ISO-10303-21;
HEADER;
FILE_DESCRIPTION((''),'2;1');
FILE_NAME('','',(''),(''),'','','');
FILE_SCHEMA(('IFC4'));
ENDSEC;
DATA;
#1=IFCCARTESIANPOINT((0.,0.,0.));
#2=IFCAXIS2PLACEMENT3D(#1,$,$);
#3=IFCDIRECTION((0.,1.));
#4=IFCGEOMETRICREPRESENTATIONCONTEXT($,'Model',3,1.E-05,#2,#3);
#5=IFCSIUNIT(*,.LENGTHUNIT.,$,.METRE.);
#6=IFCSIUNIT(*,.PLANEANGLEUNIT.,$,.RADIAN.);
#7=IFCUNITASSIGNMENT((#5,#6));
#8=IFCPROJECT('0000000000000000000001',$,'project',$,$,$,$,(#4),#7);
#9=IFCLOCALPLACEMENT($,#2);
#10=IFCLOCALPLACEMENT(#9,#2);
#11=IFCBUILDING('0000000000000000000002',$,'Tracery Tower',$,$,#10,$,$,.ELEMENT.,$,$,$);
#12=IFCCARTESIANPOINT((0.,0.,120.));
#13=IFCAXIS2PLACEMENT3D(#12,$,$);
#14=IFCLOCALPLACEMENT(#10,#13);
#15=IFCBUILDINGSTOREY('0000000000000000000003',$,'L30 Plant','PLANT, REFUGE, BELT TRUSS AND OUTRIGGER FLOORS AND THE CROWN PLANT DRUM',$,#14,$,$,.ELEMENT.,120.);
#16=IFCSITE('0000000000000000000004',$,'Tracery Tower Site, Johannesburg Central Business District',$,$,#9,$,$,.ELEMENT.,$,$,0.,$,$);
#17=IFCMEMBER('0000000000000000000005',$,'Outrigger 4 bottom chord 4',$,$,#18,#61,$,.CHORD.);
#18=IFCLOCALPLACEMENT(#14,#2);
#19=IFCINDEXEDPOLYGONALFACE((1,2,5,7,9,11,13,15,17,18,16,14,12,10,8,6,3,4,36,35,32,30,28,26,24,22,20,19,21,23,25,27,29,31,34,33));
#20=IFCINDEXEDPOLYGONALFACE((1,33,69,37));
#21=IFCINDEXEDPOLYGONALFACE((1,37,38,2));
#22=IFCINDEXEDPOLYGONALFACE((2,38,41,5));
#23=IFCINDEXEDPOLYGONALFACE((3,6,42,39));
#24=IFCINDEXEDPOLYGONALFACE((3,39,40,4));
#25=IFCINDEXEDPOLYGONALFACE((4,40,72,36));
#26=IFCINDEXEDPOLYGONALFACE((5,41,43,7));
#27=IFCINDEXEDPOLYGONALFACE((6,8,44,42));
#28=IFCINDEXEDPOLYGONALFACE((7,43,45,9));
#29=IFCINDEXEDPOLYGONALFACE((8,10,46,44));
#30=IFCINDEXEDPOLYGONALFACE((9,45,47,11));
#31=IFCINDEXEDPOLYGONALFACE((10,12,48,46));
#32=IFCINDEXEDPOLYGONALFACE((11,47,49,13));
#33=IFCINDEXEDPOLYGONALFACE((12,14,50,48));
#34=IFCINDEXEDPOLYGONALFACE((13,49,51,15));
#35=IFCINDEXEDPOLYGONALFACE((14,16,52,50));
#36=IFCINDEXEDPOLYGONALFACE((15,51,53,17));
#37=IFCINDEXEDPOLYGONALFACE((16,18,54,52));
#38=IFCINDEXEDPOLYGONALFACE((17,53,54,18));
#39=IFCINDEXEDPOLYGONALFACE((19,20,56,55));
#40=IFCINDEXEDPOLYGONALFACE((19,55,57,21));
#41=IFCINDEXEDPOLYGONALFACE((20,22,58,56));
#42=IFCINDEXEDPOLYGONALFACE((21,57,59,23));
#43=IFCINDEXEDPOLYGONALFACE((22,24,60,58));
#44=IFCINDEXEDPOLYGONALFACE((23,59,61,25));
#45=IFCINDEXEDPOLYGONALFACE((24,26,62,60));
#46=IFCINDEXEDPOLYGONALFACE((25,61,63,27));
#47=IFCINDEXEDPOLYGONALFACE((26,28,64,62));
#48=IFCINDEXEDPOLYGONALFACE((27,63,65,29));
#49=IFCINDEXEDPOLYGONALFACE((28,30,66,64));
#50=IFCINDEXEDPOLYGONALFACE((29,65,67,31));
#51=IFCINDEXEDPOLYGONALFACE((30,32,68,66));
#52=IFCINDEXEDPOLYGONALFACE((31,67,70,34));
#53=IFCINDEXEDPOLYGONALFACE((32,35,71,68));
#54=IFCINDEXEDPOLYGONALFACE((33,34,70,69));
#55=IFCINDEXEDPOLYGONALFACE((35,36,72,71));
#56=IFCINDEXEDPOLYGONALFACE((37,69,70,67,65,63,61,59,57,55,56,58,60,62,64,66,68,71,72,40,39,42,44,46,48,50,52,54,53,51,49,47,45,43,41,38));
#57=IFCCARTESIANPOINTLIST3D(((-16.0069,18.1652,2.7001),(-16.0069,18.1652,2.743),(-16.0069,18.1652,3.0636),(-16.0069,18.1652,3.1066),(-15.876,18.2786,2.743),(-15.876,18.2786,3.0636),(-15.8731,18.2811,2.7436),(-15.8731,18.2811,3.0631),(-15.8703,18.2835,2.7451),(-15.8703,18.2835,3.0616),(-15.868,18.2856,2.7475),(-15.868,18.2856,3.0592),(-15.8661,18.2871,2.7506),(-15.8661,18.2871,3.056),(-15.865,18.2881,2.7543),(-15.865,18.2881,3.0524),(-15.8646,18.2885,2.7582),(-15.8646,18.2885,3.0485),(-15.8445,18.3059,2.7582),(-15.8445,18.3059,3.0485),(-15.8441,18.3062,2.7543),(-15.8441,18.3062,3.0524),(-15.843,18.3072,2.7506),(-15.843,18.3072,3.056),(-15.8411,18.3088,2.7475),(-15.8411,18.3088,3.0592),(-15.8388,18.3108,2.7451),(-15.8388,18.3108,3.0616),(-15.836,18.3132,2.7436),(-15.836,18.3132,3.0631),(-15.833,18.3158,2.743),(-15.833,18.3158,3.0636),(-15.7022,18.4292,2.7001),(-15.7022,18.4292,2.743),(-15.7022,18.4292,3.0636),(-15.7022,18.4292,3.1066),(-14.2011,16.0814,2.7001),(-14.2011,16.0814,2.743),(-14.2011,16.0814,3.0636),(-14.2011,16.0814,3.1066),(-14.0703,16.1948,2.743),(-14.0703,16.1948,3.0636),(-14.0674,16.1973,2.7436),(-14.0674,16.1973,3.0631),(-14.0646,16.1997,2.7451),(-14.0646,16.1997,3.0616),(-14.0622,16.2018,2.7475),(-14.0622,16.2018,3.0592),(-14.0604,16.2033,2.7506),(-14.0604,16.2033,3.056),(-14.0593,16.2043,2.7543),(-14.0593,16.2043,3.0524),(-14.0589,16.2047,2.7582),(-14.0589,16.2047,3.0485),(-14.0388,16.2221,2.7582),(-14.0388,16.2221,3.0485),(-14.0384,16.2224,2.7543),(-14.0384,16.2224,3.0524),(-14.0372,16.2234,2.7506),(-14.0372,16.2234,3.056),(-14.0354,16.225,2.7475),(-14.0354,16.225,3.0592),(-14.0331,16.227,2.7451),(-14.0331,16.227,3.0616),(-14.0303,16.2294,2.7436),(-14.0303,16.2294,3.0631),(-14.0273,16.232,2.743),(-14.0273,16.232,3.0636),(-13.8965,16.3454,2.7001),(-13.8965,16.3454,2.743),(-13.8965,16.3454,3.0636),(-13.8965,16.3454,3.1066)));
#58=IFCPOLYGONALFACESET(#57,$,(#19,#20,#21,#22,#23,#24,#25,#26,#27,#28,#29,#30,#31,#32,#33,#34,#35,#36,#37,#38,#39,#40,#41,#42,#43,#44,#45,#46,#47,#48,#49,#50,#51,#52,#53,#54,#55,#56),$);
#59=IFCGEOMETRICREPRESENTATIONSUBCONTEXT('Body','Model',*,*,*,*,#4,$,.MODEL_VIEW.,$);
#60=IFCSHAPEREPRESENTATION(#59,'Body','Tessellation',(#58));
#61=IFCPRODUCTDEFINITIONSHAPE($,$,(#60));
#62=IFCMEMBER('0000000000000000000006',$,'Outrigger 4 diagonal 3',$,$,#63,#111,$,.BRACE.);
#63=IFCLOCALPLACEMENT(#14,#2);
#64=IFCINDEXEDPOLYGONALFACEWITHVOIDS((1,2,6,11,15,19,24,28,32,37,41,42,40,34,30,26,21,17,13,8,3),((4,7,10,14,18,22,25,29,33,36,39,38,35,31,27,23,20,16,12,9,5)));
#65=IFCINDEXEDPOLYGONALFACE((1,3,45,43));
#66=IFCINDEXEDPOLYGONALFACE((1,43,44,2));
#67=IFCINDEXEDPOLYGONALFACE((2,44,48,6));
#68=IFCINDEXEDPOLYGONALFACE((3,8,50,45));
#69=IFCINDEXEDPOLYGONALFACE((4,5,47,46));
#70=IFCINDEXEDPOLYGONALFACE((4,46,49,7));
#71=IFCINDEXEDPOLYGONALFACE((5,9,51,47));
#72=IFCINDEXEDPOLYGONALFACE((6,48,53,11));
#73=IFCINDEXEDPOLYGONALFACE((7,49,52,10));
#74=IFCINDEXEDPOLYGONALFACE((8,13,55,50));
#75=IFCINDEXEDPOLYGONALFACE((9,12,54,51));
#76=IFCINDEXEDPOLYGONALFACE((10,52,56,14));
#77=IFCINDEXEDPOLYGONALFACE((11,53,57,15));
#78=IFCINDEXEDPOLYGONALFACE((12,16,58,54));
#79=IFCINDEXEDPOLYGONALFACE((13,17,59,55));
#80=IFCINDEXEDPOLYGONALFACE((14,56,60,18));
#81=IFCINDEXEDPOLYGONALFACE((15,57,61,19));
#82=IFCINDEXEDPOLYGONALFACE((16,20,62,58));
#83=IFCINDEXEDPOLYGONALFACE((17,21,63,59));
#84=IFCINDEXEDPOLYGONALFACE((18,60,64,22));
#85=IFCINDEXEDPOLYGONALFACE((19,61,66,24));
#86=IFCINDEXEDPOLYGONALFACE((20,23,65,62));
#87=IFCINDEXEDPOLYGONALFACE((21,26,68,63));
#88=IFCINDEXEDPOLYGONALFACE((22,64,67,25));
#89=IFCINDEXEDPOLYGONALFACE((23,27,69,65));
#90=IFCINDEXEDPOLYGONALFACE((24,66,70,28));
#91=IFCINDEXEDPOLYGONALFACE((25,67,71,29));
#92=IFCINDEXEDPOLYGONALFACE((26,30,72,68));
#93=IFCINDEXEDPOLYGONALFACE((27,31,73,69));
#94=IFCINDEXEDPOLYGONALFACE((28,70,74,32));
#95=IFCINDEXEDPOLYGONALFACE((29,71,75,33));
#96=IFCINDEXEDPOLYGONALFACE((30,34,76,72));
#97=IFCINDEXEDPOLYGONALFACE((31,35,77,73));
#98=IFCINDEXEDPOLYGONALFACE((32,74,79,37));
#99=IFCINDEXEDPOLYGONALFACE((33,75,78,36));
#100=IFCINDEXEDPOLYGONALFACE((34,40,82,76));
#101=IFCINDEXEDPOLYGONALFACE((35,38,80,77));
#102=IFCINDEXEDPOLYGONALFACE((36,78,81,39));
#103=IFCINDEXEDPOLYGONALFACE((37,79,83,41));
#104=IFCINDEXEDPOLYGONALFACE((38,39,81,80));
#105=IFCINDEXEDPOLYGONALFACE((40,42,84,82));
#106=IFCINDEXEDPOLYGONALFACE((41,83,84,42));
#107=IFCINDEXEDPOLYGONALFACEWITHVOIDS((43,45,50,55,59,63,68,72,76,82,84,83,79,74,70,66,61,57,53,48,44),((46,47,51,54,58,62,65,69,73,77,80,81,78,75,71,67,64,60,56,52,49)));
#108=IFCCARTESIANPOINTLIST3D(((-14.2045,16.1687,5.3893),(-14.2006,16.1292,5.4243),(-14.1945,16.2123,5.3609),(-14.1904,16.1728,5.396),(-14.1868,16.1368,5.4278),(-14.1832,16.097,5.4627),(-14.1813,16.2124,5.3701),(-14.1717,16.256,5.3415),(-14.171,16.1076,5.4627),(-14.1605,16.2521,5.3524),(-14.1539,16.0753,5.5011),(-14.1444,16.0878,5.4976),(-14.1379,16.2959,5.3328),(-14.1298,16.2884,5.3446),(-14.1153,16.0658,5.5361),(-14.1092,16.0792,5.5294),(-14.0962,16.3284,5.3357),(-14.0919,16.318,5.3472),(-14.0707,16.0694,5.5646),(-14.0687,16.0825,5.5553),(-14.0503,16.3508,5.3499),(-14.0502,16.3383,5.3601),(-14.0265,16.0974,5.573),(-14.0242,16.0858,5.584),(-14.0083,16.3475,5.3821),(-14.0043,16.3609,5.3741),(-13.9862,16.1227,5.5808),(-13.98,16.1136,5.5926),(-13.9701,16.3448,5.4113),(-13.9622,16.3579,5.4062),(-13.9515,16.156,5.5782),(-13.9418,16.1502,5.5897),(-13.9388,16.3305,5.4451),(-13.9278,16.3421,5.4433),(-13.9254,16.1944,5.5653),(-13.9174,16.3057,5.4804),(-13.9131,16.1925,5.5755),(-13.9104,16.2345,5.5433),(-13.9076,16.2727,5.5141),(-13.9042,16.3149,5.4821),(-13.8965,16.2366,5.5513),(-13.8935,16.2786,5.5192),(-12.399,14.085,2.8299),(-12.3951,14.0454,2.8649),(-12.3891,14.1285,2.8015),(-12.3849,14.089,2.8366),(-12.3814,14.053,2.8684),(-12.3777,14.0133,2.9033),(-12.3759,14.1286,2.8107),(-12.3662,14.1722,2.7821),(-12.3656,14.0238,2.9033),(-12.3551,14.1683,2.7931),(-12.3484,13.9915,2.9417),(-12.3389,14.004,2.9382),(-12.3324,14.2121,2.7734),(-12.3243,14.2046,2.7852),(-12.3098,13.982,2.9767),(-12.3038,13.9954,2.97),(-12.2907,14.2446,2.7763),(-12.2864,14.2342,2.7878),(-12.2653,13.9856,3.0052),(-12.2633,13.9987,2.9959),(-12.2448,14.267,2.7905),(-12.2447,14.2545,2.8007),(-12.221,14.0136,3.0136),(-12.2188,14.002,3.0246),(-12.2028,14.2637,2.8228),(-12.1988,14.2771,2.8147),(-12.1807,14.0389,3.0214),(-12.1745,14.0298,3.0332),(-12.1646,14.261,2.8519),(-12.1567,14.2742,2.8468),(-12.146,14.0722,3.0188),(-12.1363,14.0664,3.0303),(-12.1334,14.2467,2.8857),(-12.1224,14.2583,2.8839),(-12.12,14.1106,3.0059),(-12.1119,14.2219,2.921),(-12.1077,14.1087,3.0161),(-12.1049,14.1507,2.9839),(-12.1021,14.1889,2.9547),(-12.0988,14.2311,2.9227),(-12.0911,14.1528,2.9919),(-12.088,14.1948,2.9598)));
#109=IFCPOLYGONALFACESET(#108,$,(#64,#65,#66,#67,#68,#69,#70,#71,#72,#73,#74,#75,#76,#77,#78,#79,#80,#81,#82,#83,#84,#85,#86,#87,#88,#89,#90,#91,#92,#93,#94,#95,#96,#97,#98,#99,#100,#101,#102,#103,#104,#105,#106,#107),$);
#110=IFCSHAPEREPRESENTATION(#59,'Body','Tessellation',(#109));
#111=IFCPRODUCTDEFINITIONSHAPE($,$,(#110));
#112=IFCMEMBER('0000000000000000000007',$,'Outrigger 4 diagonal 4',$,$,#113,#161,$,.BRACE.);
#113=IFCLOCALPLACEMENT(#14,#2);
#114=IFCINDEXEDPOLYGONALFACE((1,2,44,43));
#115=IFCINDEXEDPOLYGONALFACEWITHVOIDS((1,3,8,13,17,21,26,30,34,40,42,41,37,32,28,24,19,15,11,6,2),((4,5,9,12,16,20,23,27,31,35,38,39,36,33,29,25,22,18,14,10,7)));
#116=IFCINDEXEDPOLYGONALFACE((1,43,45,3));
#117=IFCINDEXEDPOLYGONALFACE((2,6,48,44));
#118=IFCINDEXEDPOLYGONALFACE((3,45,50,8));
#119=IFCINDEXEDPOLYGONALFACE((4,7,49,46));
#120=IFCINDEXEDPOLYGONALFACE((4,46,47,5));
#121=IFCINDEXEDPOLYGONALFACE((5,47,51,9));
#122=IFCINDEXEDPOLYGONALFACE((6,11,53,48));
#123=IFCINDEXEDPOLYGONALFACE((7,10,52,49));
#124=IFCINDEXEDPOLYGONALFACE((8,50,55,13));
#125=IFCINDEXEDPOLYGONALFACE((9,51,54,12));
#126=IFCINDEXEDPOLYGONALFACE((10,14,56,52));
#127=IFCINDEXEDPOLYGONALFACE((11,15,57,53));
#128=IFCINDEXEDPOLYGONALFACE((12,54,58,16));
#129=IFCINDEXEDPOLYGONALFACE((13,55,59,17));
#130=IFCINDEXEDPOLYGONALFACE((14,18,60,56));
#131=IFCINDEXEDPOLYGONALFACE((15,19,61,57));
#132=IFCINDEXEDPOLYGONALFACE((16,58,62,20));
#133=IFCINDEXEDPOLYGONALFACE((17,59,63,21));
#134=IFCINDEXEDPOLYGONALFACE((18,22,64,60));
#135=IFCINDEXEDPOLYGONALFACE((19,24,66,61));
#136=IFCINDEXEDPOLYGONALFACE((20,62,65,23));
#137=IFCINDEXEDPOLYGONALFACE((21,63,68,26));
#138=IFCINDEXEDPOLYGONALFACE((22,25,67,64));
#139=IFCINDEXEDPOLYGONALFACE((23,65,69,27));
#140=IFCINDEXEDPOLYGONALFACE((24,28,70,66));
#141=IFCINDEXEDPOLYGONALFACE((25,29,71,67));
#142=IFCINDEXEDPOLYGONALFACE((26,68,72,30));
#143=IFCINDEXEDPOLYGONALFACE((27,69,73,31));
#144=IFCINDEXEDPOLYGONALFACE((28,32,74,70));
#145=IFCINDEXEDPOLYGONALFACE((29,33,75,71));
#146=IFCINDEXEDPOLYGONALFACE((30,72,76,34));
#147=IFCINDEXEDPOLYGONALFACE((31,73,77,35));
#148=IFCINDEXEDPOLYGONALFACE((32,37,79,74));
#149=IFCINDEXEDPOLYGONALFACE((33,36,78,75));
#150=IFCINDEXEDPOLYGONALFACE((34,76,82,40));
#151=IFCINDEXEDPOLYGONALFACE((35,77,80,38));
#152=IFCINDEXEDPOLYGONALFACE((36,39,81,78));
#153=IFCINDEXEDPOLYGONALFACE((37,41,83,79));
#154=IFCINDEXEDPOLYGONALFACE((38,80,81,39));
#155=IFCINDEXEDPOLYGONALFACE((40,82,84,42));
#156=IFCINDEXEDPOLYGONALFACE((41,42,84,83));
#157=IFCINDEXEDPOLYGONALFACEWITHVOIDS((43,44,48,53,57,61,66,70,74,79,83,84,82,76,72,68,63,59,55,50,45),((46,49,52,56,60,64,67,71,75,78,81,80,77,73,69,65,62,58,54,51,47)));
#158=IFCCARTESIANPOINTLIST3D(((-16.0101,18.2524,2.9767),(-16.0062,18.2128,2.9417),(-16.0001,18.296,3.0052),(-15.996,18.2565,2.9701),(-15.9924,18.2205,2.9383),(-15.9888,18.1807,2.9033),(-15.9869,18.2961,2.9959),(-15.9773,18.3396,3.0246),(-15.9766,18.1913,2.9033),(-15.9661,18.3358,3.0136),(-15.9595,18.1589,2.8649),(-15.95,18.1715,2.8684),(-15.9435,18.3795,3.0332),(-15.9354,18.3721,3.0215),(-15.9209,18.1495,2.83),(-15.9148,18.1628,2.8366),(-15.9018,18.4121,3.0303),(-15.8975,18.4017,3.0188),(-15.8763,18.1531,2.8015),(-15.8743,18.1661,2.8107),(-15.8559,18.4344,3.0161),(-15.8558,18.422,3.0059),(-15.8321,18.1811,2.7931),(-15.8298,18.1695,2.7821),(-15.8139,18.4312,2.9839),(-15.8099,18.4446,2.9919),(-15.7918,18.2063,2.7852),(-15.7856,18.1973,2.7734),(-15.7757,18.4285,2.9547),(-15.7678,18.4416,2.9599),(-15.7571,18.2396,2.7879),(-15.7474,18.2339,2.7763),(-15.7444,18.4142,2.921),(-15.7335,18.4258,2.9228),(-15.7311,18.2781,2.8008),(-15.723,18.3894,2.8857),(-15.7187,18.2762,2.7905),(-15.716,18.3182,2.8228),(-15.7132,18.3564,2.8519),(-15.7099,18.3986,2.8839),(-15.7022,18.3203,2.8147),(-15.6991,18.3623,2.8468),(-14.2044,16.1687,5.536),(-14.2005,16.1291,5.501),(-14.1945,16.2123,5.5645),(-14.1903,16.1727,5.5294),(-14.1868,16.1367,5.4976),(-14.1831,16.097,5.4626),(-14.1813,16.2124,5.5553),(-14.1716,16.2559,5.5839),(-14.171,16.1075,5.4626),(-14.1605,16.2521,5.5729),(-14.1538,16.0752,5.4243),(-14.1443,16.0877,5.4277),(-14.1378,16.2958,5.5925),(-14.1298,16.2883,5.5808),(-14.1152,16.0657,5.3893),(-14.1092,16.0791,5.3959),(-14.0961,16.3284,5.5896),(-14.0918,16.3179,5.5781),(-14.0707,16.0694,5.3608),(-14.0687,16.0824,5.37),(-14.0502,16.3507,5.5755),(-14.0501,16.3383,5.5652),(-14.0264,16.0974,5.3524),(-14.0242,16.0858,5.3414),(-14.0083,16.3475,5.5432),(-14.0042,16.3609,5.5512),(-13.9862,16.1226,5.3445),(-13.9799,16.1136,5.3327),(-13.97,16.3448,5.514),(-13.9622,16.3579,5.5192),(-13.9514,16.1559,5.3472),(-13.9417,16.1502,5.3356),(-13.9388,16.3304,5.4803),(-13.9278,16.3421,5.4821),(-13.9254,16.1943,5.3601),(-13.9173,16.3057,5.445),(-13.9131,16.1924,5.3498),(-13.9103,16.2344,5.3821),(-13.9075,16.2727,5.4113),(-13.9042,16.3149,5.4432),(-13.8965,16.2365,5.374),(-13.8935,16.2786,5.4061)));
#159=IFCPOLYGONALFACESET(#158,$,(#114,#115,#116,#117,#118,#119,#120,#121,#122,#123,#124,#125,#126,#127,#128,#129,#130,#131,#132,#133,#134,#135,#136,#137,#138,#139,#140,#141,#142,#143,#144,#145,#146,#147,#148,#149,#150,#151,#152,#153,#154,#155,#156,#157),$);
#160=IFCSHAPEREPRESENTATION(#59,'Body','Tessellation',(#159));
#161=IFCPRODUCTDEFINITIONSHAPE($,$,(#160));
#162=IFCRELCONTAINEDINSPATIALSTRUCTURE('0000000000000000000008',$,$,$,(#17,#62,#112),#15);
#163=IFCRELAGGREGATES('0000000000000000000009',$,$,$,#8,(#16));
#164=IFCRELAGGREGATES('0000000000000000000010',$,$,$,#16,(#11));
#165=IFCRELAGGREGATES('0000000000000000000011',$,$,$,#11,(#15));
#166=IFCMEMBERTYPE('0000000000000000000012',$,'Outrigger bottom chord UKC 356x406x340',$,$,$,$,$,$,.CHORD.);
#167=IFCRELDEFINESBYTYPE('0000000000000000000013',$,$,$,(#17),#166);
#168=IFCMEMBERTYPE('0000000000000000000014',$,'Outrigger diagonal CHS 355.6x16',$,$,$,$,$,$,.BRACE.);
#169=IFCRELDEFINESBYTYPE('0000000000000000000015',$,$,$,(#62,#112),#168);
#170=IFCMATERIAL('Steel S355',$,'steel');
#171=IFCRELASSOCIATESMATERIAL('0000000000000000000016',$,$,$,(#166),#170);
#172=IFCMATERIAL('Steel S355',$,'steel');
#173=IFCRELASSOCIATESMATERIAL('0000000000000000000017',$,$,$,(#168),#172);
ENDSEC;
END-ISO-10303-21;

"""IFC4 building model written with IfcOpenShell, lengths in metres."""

from ifc_helpers import new_model, si_unit, direction, frame, origin, origin_2d, place, context, subcontext, project, spatial, hollow_circle, i_section, extrude, material, material_profile, profile_set, type_object, element, save


model = new_model("IFC4")

# Units and contexts
model_context = context("Model", 3, precision=1e-05, world=origin(), true_north=direction((0.0, 1.0)))
body_context = subcontext(model_context, "Body", "Model", "MODEL_VIEW")
ifc_project = project(units=[si_unit("LENGTHUNIT", "METRE"), si_unit("PLANEANGLEUNIT", "RADIAN")], contexts=[model_context])

# Site, building, storey
site_placement = place(None, origin())
site = spatial("IfcSite", under=ifc_project, at=site_placement, Name="Tracery Tower Site, Johannesburg Central Business District", CompositionType="ELEMENT", RefElevation=0.0)
building_placement = place(site_placement, origin())
building = spatial("IfcBuilding", under=site, at=building_placement, Name="Tracery Tower", CompositionType="ELEMENT")
storey_placement = place(building_placement, frame((0.0, 0.0, 120.0)))
storey = spatial("IfcBuildingStorey", under=building, at=storey_placement, Name="L30 Plant", Description="PLANT, REFUGE, BELT TRUSS AND OUTRIGGER FLOORS AND THE CROWN PLANT DRUM", CompositionType="ELEMENT", Elevation=120.0)

# Members
ifc_material_1 = material(Name="Steel S355", Category="steel")
ifc_material_profile_1 = material_profile(ifc_material_1, i_section(OverallWidth=0.4031, OverallDepth=0.4065, WebThickness=0.0266, FlangeThickness=0.043, FilletRadius=0.0151, at=origin_2d()), Name="UKC 356x406x340")
ifc_profile_set_1 = profile_set([ifc_material_profile_1], Name="Steel S355")
member_type_1 = type_object("IfcMemberType", Name="Outrigger bottom chord UKC 356x406x340", PredefinedType="CHORD", material=ifc_profile_set_1)
member_1_placement = place(storey_placement, frame((-14.0488, 16.2134, 2.9033), z_axis=(-0.65488, 0.755733, 0.0), x_axis=(-0.755733, -0.65488, 0.0)))
element("IfcMember", 1, at=member_1_placement, inside=storey, type_object=member_type_1, Name="Outrigger 4 bottom chord 4", PredefinedType="CHORD", context=body_context, shape_type="SweptSolid", body=[
    extrude(i_section(OverallWidth=0.4031, OverallDepth=0.4065, WebThickness=0.0266, FlangeThickness=0.043, FilletRadius=0.0151, at=origin_2d()), origin(), (0.0, 0.0, 1.0), 2.7573),
])
ifc_material_2 = material(Name="Steel S355", Category="steel")
ifc_material_profile_2 = material_profile(ifc_material_2, hollow_circle(Radius=0.1777, WallThickness=0.0161, at=origin_2d()), Name="CHS 355.6x16")
ifc_profile_set_2 = profile_set([ifc_material_profile_2], Name="Steel S355")
member_type_2 = type_object("IfcMemberType", Name="Outrigger diagonal CHS 355.6x16", PredefinedType="BRACE", material=ifc_profile_set_2)
for number, where, z_axis, x_axis, name in (
    (2, (-12.2434, 14.1296, 2.9033), (-0.479926, 0.553911, 0.680334), (-0.755777, -0.654829, 0.0), "Outrigger 4 diagonal 3"),
    (3, (-14.0488, 16.2134, 5.4626), (-0.479976, 0.553894, -0.680312), (-0.755733, -0.65488, 0.0), "Outrigger 4 diagonal 4"),
):
    element("IfcMember", number, at=place(storey_placement, frame(where, z_axis=z_axis, x_axis=x_axis)), inside=storey, type_object=member_type_2, Name=name, PredefinedType="BRACE", context=body_context, shape_type="SweptSolid", body=[
        extrude(hollow_circle(Radius=0.1777, WallThickness=0.0161, at=origin_2d()), origin(), (0.0, 0.0, 1.0), 3.762),
    ])

save(model, "model.ifc")
